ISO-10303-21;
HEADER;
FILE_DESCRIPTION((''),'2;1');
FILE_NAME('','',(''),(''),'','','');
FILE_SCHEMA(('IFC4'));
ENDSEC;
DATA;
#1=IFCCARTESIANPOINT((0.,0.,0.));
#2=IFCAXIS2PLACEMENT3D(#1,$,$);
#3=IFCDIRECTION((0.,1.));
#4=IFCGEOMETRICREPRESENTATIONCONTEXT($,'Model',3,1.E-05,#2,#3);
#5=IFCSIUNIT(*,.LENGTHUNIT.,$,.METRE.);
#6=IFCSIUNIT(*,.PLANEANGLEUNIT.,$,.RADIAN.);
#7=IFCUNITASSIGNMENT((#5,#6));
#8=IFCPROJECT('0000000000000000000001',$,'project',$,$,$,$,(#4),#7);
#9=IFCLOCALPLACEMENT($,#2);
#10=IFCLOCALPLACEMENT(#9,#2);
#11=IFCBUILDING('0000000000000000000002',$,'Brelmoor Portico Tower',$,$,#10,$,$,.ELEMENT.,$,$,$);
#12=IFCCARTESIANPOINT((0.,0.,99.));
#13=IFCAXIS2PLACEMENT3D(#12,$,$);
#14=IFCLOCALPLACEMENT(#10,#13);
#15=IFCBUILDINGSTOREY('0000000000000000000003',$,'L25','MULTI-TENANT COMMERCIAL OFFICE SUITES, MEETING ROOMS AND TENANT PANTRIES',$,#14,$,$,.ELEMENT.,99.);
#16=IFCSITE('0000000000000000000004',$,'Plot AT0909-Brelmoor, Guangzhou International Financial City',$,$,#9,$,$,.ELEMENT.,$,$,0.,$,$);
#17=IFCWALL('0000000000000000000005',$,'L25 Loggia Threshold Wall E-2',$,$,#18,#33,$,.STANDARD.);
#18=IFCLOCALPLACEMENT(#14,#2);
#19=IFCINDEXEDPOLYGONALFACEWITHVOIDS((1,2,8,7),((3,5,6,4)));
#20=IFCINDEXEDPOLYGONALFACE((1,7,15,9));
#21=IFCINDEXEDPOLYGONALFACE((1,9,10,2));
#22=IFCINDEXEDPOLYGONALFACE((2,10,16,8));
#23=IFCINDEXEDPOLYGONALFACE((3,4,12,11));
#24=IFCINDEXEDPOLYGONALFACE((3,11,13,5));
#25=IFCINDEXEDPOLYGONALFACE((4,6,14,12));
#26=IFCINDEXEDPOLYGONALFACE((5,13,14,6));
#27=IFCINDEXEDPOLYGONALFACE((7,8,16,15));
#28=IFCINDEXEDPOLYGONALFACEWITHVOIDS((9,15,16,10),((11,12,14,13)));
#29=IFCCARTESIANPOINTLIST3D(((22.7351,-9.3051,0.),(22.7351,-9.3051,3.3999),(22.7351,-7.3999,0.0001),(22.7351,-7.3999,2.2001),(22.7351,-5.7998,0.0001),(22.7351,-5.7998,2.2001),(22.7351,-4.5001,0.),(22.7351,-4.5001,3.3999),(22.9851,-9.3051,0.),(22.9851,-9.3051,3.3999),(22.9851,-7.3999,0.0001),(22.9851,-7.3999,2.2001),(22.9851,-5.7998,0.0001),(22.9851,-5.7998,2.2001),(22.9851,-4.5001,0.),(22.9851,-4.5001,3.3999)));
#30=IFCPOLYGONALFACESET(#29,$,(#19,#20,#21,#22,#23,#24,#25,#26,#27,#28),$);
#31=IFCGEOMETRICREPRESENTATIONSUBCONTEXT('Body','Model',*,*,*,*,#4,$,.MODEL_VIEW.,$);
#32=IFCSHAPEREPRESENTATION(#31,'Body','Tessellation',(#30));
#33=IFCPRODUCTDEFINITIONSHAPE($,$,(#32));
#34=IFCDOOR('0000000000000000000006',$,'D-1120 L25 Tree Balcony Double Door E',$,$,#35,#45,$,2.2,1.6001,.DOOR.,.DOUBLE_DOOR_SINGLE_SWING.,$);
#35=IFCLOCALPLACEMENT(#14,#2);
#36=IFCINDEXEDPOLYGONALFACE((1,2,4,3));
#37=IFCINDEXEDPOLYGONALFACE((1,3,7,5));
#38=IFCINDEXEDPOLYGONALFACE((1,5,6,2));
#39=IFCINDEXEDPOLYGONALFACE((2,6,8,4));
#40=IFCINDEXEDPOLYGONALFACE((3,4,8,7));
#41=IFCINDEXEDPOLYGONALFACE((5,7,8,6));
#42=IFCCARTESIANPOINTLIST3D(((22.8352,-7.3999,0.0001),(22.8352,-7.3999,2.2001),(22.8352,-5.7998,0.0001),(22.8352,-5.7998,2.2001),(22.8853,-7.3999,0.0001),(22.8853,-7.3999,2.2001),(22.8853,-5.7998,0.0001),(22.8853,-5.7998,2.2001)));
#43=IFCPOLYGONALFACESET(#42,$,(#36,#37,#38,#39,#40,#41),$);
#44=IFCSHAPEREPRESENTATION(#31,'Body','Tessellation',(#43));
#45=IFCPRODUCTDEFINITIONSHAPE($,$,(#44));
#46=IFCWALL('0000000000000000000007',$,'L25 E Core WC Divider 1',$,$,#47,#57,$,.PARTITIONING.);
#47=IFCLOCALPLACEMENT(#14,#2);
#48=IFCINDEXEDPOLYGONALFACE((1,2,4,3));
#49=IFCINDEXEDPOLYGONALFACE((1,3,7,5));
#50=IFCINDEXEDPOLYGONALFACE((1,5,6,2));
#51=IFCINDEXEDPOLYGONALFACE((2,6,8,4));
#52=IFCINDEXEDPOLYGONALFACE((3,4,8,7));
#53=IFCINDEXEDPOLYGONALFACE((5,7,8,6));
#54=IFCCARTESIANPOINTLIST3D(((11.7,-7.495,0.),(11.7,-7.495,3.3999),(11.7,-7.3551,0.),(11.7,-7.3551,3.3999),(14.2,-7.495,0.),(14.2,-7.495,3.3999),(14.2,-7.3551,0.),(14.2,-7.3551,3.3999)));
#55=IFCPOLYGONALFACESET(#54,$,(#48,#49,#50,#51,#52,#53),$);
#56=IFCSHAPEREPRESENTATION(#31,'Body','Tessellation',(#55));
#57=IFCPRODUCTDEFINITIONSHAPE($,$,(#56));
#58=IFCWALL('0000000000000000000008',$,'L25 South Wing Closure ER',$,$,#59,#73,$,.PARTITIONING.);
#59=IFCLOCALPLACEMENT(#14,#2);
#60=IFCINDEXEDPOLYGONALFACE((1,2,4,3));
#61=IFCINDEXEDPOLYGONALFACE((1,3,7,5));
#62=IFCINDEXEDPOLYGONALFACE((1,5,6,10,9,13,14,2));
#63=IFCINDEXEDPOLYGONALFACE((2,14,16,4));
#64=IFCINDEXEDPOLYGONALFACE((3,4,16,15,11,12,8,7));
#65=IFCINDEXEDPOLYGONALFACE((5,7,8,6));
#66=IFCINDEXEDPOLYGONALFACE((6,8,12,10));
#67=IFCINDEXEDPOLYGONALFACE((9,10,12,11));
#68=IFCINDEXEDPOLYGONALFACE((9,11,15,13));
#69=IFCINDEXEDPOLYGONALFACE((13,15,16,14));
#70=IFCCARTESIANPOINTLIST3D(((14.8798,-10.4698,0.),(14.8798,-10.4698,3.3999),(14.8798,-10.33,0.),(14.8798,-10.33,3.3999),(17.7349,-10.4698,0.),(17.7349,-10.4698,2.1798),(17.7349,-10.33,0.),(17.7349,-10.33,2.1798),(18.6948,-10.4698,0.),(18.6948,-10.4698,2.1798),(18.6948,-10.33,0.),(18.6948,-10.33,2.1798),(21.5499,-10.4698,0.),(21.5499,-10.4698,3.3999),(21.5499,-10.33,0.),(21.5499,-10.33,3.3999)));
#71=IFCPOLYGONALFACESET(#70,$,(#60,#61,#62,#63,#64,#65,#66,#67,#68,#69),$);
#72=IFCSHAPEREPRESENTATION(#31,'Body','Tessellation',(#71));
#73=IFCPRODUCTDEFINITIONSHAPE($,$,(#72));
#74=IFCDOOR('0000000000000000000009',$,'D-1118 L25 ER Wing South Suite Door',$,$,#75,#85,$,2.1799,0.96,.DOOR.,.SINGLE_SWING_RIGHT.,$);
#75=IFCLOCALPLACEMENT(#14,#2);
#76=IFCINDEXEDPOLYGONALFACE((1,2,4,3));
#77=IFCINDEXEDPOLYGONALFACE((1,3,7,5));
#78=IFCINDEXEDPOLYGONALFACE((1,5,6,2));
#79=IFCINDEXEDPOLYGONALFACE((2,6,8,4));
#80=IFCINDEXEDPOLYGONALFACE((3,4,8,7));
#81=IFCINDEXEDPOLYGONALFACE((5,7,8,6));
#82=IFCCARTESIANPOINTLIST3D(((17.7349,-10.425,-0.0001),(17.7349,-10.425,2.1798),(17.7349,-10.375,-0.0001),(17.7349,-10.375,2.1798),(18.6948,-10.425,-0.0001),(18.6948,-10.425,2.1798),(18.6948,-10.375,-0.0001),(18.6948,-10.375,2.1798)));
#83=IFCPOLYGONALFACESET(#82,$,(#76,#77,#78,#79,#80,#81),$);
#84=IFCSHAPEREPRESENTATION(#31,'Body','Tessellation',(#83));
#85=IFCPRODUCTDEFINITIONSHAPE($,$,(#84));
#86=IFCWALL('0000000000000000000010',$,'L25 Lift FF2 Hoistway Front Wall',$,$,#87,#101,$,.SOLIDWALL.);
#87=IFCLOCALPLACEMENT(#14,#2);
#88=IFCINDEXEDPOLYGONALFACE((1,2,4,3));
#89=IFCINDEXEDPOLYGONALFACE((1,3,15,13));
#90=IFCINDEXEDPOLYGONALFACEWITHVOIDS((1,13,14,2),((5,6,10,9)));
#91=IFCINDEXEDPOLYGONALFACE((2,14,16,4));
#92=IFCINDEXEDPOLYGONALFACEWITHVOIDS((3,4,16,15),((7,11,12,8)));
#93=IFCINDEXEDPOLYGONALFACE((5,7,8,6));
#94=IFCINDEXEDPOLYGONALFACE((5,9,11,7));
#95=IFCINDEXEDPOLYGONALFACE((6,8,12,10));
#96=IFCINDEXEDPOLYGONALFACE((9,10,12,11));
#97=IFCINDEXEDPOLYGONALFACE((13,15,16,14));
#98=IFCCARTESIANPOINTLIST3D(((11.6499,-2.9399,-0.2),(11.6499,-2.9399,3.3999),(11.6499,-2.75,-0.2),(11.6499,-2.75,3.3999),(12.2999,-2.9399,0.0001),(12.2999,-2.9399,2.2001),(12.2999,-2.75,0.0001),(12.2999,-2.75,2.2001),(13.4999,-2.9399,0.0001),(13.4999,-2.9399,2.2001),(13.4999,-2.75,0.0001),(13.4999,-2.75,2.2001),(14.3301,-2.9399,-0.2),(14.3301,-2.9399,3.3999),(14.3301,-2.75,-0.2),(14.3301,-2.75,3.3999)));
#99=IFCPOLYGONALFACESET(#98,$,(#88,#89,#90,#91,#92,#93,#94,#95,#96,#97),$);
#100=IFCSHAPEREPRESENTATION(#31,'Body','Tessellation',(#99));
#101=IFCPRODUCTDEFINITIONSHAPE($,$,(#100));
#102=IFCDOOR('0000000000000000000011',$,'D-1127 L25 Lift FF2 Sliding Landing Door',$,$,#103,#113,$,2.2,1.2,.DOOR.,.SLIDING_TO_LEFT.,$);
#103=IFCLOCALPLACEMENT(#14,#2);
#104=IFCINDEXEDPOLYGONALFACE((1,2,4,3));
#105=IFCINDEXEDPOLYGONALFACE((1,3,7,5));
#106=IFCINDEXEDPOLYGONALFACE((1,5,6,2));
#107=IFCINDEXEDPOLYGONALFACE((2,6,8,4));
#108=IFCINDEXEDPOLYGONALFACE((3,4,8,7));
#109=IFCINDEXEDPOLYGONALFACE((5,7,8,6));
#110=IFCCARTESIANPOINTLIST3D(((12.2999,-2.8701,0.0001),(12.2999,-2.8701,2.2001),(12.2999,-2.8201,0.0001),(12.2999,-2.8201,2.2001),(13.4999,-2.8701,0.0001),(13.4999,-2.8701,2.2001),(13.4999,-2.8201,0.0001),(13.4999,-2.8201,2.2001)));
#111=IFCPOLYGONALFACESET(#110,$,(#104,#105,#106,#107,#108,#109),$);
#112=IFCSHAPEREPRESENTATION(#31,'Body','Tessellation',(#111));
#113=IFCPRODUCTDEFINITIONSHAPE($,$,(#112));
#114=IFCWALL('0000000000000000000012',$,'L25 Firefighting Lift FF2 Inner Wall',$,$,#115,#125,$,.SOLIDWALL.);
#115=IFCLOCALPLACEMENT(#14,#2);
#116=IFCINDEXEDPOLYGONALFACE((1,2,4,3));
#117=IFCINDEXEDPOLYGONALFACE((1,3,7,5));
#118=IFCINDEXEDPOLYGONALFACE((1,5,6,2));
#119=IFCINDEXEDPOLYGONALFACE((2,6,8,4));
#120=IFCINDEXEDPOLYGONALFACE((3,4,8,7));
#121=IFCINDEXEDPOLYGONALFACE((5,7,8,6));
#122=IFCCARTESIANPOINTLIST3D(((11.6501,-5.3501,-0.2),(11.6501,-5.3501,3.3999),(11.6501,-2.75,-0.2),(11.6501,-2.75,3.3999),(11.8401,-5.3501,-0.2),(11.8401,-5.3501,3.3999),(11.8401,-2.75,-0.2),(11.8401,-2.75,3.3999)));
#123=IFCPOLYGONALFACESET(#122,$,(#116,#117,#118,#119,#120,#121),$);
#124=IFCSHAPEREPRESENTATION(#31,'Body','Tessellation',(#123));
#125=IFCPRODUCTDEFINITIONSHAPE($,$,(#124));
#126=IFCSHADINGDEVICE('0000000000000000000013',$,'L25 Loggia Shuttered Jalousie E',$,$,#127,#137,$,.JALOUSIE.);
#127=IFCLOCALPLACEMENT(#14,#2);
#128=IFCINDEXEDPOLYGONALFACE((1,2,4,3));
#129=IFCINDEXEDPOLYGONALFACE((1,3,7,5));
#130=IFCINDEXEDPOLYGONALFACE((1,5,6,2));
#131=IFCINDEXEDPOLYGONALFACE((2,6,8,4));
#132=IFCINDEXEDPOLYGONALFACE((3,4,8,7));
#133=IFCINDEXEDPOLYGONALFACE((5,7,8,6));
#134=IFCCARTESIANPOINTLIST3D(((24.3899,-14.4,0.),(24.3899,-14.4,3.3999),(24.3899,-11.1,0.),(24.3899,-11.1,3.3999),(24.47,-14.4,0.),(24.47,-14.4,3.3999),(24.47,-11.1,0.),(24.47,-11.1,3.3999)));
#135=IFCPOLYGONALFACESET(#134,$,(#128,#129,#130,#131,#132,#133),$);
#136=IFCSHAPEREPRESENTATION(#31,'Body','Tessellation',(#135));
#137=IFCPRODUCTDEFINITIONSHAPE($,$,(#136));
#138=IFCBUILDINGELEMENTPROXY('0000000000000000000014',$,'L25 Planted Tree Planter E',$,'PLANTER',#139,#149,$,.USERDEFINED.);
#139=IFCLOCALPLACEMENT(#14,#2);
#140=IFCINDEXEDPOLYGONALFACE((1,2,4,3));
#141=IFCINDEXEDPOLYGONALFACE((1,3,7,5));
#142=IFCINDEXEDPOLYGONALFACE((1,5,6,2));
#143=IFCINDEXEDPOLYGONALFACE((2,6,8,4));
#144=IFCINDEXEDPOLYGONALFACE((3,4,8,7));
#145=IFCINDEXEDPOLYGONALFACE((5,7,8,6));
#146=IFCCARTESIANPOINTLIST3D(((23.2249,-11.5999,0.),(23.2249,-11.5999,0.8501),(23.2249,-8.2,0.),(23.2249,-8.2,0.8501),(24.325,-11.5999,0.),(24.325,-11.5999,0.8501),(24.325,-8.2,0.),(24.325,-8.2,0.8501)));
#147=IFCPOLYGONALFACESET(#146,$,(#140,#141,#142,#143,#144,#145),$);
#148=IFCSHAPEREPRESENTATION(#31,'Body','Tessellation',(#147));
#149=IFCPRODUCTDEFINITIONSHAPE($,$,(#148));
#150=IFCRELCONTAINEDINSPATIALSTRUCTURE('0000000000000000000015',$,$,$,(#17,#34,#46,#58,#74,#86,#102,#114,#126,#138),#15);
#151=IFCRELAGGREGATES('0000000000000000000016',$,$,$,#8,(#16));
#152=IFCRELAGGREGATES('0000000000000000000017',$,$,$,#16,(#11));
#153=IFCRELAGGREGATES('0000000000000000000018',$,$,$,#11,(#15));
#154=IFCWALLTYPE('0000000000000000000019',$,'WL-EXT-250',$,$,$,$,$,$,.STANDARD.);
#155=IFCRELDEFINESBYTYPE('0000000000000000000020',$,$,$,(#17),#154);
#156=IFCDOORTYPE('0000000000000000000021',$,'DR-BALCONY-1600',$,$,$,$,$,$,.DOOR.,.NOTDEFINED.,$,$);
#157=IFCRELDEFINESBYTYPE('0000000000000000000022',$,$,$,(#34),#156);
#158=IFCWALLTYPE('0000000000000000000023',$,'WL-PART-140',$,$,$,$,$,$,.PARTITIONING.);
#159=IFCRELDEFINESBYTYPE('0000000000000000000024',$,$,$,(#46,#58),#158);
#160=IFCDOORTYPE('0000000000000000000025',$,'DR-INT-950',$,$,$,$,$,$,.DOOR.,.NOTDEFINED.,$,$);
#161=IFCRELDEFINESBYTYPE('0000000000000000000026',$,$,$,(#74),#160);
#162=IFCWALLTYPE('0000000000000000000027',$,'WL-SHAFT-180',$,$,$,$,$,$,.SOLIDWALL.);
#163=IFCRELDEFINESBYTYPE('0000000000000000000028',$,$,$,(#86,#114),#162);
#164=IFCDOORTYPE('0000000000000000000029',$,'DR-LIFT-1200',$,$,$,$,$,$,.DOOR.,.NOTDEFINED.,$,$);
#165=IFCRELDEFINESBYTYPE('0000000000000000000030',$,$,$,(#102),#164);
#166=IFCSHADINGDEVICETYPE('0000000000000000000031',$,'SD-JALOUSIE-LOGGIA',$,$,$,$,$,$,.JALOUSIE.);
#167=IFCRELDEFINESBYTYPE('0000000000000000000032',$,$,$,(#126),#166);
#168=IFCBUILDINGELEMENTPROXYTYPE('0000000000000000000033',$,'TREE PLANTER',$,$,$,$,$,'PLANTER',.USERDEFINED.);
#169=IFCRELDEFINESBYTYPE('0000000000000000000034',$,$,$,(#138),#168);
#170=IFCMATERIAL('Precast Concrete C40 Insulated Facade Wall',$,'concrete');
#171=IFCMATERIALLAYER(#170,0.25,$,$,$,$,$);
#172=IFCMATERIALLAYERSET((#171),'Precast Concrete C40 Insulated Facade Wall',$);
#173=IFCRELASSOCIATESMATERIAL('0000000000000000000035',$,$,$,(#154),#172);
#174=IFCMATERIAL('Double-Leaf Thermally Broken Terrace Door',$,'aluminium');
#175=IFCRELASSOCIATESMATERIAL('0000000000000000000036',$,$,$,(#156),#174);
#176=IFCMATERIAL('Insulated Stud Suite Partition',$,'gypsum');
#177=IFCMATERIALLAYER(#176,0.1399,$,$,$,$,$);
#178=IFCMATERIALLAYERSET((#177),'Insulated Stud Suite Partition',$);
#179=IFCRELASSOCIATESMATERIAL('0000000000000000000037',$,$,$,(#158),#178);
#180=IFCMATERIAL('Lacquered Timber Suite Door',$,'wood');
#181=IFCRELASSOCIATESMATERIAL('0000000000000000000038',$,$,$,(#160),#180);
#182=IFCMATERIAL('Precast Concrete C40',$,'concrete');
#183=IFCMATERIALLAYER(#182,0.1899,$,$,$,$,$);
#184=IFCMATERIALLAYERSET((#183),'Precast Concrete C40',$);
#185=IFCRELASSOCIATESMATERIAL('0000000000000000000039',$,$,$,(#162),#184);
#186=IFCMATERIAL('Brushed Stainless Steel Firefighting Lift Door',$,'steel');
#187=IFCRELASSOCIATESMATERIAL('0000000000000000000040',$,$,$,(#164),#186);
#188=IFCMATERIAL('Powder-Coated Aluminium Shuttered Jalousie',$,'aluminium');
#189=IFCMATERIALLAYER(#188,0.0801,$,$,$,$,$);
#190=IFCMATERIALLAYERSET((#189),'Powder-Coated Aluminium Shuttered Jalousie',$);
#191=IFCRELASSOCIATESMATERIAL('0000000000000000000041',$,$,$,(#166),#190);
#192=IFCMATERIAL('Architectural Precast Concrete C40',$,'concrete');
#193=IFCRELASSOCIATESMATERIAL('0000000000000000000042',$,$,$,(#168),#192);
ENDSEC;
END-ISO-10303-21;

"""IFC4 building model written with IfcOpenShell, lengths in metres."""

from ifc_helpers import new_model, si_unit, direction, frame, frame_2d, origin, origin_2d, place, context, subcontext, project, spatial, rectangle, extrude, material, layer, layer_set, type_object, element, fill, save


model = new_model("IFC4")

# Units and contexts
model_context = context("Model", 3, precision=1e-05, world=origin(), true_north=direction((0.0, 1.0)))
body_context = subcontext(model_context, "Body", "Model", "MODEL_VIEW")
ifc_project = project(units=[si_unit("LENGTHUNIT", "METRE"), si_unit("PLANEANGLEUNIT", "RADIAN")], contexts=[model_context])

# Site, building, storey
site_placement = place(None, origin())
site = spatial("IfcSite", under=ifc_project, at=site_placement, Name="Plot AT0909-Brelmoor, Guangzhou International Financial City", CompositionType="ELEMENT", RefElevation=0.0)
building_placement = place(site_placement, origin())
building = spatial("IfcBuilding", under=site, at=building_placement, Name="Brelmoor Portico Tower", CompositionType="ELEMENT")
storey_placement = place(building_placement, frame((0.0, 0.0, 99.0)))
storey = spatial("IfcBuildingStorey", under=building, at=storey_placement, Name="L25", Description="MULTI-TENANT COMMERCIAL OFFICE SUITES, MEETING ROOMS AND TENANT PANTRIES", CompositionType="ELEMENT", Elevation=99.0)

# Shared definitions
ifc_material_1 = material(Name="Precast Concrete C40 Insulated Facade Wall", Category="concrete")
ifc_layer_1 = layer(ifc_material_1, 0.25)
ifc_layer_set_1 = layer_set([ifc_layer_1], Name="Precast Concrete C40 Insulated Facade Wall")
wall_type_1 = type_object("IfcWallType", Name="WL-EXT-250", PredefinedType="STANDARD", material=ifc_layer_set_1)

# Wall, opening, door
wall_1_placement = place(storey_placement, frame((22.8601, -9.3049, 0.0), z_axis=(0.0, 0.0, 1.0), x_axis=(0.0, 1.0, 0.0)))
wall_1 = element("IfcWall", 1, at=wall_1_placement, inside=storey, type_object=wall_type_1, Name="L25 Loggia Threshold Wall E-2", PredefinedType="STANDARD", context=body_context, shape_type="SweptSolid", body=[
    extrude(rectangle(XDim=4.8049, YDim=0.25, at=frame_2d((2.4023, 0.0))), origin(), (0.0, 0.0, 1.0), 3.3999),
])
opening_1_placement = place(wall_1_placement, frame((1.905, 0.0, 0.0)))
opening_1 = element("IfcOpeningElement", 2, at=opening_1_placement, cuts=wall_1, PredefinedType="OPENING", context=body_context, shape_type="SweptSolid", body=[
    extrude(rectangle(XDim=1.6001, YDim=2.2, at=frame_2d((0.8, 1.1001))), frame((0.0, 0.135, 0.0), z_axis=(0.0, -1.0, 0.0), x_axis=(1.0, 0.0, 0.0)), (0.0, 0.0, 1.0), 0.27),
])
ifc_material_2 = material(Name="Double-Leaf Thermally Broken Terrace Door", Category="aluminium")
door_type_1 = type_object("IfcDoorType", Name="DR-BALCONY-1600", OperationType="NOTDEFINED", PredefinedType="DOOR", material=ifc_material_2)
door_1_placement = place(opening_1_placement, origin())
door_1 = element("IfcDoor", 3, at=door_1_placement, inside=storey, type_object=door_type_1, Name="D-1120 L25 Tree Balcony Double Door E", OperationType="DOUBLE_DOOR_SINGLE_SWING", OverallHeight=2.2, OverallWidth=1.6001, PredefinedType="DOOR", context=body_context, shape_type="SweptSolid", body=[
    extrude(rectangle(XDim=1.6001, YDim=2.2, at=frame_2d((0.8, 1.1001))), frame((0.0, 0.0249, 0.0), z_axis=(0.0, -1.0, 0.0), x_axis=(1.0, 0.0, 0.0)), (0.0, 0.0, 1.0), 0.05),
])
fill(opening_1, door_1)

# Wall
ifc_material_3 = material(Name="Insulated Stud Suite Partition", Category="gypsum")
ifc_layer_2 = layer(ifc_material_3, 0.1399)
ifc_layer_set_2 = layer_set([ifc_layer_2], Name="Insulated Stud Suite Partition")
wall_type_2 = type_object("IfcWallType", Name="WL-PART-140", PredefinedType="PARTITIONING", material=ifc_layer_set_2)
wall_2_placement = place(storey_placement, frame((11.7, -7.425, 0.0), z_axis=(0.0, 0.0, 1.0), x_axis=(1.0, 0.0, 0.0)))
element("IfcWall", 4, at=wall_2_placement, inside=storey, type_object=wall_type_2, Name="L25 E Core WC Divider 1", PredefinedType="PARTITIONING", context=body_context, shape_type="SweptSolid", body=[
    extrude(rectangle(XDim=2.5, YDim=0.1399, at=frame_2d((1.25, 0.0))), origin(), (0.0, 0.0, 1.0), 3.3999),
])

# Walls, openings, doors
wall_3_placement = place(storey_placement, frame((14.8799, -10.3999, 0.0), z_axis=(0.0, 0.0, 1.0), x_axis=(1.0, 0.0, 0.0)))
wall_3 = element("IfcWall", 5, at=wall_3_placement, inside=storey, type_object=wall_type_2, Name="L25 South Wing Closure ER", PredefinedType="PARTITIONING", context=body_context, shape_type="SweptSolid", body=[
    extrude(rectangle(XDim=6.6702, YDim=0.1399, at=frame_2d((3.335, 0.0))), origin(), (0.0, 0.0, 1.0), 3.3999),
])
opening_2_placement = place(wall_3_placement, frame((2.855, 0.0, 0.0)))
opening_2 = element("IfcOpeningElement", 6, at=opening_2_placement, cuts=wall_3, PredefinedType="OPENING", context=body_context, shape_type="SweptSolid", body=[
    extrude(rectangle(XDim=0.96, YDim=2.1799, at=frame_2d((0.48, 1.0898))), frame((0.0, 0.0798, 0.0), z_axis=(0.0, -1.0, 0.0), x_axis=(1.0, 0.0, 0.0)), (0.0, 0.0, 1.0), 0.1599),
])
ifc_material_4 = material(Name="Lacquered Timber Suite Door", Category="wood")
door_type_2 = type_object("IfcDoorType", Name="DR-INT-950", OperationType="NOTDEFINED", PredefinedType="DOOR", material=ifc_material_4)
door_2_placement = place(opening_2_placement, origin())
door_2 = element("IfcDoor", 7, at=door_2_placement, inside=storey, type_object=door_type_2, Name="D-1118 L25 ER Wing South Suite Door", OperationType="SINGLE_SWING_RIGHT", OverallHeight=2.1799, OverallWidth=0.96, PredefinedType="DOOR", context=body_context, shape_type="SweptSolid", body=[
    extrude(rectangle(XDim=0.96, YDim=2.1799, at=frame_2d((0.48, 1.0898))), frame((0.0, 0.0249, 0.0), z_axis=(0.0, -1.0, 0.0), x_axis=(1.0, 0.0, 0.0)), (0.0, 0.0, 1.0), 0.05),
])
fill(opening_2, door_2)
ifc_material_5 = material(Name="Precast Concrete C40", Category="concrete")
ifc_layer_3 = layer(ifc_material_5, 0.1899)
ifc_layer_set_3 = layer_set([ifc_layer_3], Name="Precast Concrete C40")
wall_type_3 = type_object("IfcWallType", Name="WL-SHAFT-180", PredefinedType="SOLIDWALL", material=ifc_layer_set_3)
wall_4_placement = place(storey_placement, frame((11.6499, -2.845, -0.2), z_axis=(0.0, 0.0, 1.0), x_axis=(1.0, 0.0, 0.0)))
wall_4 = element("IfcWall", 8, at=wall_4_placement, inside=storey, type_object=wall_type_3, Name="L25 Lift FF2 Hoistway Front Wall", PredefinedType="SOLIDWALL", context=body_context, shape_type="SweptSolid", body=[
    extrude(rectangle(XDim=2.6802, YDim=0.1899, at=frame_2d((1.3401, 0.0))), origin(), (0.0, 0.0, 1.0), 3.5999),
])
opening_3_placement = place(wall_4_placement, frame((0.6499, 0.0, 0.2)))
opening_3 = element("IfcOpeningElement", 9, at=opening_3_placement, cuts=wall_4, PredefinedType="OPENING", context=body_context, shape_type="SweptSolid", body=[
    extrude(rectangle(XDim=1.2, YDim=2.2, at=frame_2d((0.6001, 1.1001))), frame((0.0, 0.105, 0.0), z_axis=(0.0, -1.0, 0.0), x_axis=(1.0, 0.0, 0.0)), (0.0, 0.0, 1.0), 0.21),
])
ifc_material_6 = material(Name="Brushed Stainless Steel Firefighting Lift Door", Category="steel")
door_type_3 = type_object("IfcDoorType", Name="DR-LIFT-1200", OperationType="NOTDEFINED", PredefinedType="DOOR", material=ifc_material_6)
door_3_placement = place(opening_3_placement, origin())
door_3 = element("IfcDoor", 10, at=door_3_placement, inside=storey, type_object=door_type_3, Name="D-1127 L25 Lift FF2 Sliding Landing Door", OperationType="SLIDING_TO_LEFT", OverallHeight=2.2, OverallWidth=1.2, PredefinedType="DOOR", context=body_context, shape_type="SweptSolid", body=[
    extrude(rectangle(XDim=1.2, YDim=2.2, at=frame_2d((0.6001, 1.1001))), frame((0.0, 0.0249, 0.0), z_axis=(0.0, -1.0, 0.0), x_axis=(1.0, 0.0, 0.0)), (0.0, 0.0, 1.0), 0.05),
])
fill(opening_3, door_3)

# Wall
wall_5_placement = place(storey_placement, frame((11.7451, -5.3501, -0.2), z_axis=(0.0, 0.0, 1.0), x_axis=(0.0, 1.0, 0.0)))
element("IfcWall", 11, at=wall_5_placement, inside=storey, type_object=wall_type_3, Name="L25 Firefighting Lift FF2 Inner Wall", PredefinedType="SOLIDWALL", context=body_context, shape_type="SweptSolid", body=[
    extrude(rectangle(XDim=2.6001, YDim=0.1899, at=frame_2d((1.3, 0.0))), origin(), (0.0, 0.0, 1.0), 3.5999),
])

# Shading device
ifc_material_7 = material(Name="Powder-Coated Aluminium Shuttered Jalousie", Category="aluminium")
ifc_layer_4 = layer(ifc_material_7, 0.0801)
ifc_layer_set_4 = layer_set([ifc_layer_4], Name="Powder-Coated Aluminium Shuttered Jalousie")
shading_device_type = type_object("IfcShadingDeviceType", Name="SD-JALOUSIE-LOGGIA", PredefinedType="JALOUSIE", material=ifc_layer_set_4)
shading_device_placement = place(storey_placement, frame((24.4299, -12.75, 0.0), z_axis=(0.0, 0.0, 1.0), x_axis=(0.0, 1.0, 0.0)))
element("IfcShadingDevice", 12, at=shading_device_placement, inside=storey, type_object=shading_device_type, Name="L25 Loggia Shuttered Jalousie E", PredefinedType="JALOUSIE", context=body_context, shape_type="SweptSolid", body=[
    extrude(rectangle(XDim=3.3, YDim=0.0801, at=origin_2d()), origin(), (0.0, 0.0, 1.0), 3.3999),
])

# Building element proxy
ifc_material_8 = material(Name="Architectural Precast Concrete C40", Category="concrete")
building_element_proxy_type = type_object("IfcBuildingElementProxyType", Name="TREE PLANTER", ElementType="PLANTER", PredefinedType="USERDEFINED", material=ifc_material_8)
proxy_placement = place(storey_placement, frame((23.7749, -9.8999, 0.0), z_axis=(0.0, 0.0, 1.0), x_axis=(0.0, 1.0, 0.0)))
element("IfcBuildingElementProxy", 13, at=proxy_placement, inside=storey, type_object=building_element_proxy_type, Name="L25 Planted Tree Planter E", ObjectType="PLANTER", PredefinedType="USERDEFINED", context=body_context, shape_type="SweptSolid", body=[
    extrude(rectangle(XDim=3.3999, YDim=1.1001, at=origin_2d()), origin(), (0.0, 0.0, 1.0), 0.8501),
])

save(model, "model.ifc")
